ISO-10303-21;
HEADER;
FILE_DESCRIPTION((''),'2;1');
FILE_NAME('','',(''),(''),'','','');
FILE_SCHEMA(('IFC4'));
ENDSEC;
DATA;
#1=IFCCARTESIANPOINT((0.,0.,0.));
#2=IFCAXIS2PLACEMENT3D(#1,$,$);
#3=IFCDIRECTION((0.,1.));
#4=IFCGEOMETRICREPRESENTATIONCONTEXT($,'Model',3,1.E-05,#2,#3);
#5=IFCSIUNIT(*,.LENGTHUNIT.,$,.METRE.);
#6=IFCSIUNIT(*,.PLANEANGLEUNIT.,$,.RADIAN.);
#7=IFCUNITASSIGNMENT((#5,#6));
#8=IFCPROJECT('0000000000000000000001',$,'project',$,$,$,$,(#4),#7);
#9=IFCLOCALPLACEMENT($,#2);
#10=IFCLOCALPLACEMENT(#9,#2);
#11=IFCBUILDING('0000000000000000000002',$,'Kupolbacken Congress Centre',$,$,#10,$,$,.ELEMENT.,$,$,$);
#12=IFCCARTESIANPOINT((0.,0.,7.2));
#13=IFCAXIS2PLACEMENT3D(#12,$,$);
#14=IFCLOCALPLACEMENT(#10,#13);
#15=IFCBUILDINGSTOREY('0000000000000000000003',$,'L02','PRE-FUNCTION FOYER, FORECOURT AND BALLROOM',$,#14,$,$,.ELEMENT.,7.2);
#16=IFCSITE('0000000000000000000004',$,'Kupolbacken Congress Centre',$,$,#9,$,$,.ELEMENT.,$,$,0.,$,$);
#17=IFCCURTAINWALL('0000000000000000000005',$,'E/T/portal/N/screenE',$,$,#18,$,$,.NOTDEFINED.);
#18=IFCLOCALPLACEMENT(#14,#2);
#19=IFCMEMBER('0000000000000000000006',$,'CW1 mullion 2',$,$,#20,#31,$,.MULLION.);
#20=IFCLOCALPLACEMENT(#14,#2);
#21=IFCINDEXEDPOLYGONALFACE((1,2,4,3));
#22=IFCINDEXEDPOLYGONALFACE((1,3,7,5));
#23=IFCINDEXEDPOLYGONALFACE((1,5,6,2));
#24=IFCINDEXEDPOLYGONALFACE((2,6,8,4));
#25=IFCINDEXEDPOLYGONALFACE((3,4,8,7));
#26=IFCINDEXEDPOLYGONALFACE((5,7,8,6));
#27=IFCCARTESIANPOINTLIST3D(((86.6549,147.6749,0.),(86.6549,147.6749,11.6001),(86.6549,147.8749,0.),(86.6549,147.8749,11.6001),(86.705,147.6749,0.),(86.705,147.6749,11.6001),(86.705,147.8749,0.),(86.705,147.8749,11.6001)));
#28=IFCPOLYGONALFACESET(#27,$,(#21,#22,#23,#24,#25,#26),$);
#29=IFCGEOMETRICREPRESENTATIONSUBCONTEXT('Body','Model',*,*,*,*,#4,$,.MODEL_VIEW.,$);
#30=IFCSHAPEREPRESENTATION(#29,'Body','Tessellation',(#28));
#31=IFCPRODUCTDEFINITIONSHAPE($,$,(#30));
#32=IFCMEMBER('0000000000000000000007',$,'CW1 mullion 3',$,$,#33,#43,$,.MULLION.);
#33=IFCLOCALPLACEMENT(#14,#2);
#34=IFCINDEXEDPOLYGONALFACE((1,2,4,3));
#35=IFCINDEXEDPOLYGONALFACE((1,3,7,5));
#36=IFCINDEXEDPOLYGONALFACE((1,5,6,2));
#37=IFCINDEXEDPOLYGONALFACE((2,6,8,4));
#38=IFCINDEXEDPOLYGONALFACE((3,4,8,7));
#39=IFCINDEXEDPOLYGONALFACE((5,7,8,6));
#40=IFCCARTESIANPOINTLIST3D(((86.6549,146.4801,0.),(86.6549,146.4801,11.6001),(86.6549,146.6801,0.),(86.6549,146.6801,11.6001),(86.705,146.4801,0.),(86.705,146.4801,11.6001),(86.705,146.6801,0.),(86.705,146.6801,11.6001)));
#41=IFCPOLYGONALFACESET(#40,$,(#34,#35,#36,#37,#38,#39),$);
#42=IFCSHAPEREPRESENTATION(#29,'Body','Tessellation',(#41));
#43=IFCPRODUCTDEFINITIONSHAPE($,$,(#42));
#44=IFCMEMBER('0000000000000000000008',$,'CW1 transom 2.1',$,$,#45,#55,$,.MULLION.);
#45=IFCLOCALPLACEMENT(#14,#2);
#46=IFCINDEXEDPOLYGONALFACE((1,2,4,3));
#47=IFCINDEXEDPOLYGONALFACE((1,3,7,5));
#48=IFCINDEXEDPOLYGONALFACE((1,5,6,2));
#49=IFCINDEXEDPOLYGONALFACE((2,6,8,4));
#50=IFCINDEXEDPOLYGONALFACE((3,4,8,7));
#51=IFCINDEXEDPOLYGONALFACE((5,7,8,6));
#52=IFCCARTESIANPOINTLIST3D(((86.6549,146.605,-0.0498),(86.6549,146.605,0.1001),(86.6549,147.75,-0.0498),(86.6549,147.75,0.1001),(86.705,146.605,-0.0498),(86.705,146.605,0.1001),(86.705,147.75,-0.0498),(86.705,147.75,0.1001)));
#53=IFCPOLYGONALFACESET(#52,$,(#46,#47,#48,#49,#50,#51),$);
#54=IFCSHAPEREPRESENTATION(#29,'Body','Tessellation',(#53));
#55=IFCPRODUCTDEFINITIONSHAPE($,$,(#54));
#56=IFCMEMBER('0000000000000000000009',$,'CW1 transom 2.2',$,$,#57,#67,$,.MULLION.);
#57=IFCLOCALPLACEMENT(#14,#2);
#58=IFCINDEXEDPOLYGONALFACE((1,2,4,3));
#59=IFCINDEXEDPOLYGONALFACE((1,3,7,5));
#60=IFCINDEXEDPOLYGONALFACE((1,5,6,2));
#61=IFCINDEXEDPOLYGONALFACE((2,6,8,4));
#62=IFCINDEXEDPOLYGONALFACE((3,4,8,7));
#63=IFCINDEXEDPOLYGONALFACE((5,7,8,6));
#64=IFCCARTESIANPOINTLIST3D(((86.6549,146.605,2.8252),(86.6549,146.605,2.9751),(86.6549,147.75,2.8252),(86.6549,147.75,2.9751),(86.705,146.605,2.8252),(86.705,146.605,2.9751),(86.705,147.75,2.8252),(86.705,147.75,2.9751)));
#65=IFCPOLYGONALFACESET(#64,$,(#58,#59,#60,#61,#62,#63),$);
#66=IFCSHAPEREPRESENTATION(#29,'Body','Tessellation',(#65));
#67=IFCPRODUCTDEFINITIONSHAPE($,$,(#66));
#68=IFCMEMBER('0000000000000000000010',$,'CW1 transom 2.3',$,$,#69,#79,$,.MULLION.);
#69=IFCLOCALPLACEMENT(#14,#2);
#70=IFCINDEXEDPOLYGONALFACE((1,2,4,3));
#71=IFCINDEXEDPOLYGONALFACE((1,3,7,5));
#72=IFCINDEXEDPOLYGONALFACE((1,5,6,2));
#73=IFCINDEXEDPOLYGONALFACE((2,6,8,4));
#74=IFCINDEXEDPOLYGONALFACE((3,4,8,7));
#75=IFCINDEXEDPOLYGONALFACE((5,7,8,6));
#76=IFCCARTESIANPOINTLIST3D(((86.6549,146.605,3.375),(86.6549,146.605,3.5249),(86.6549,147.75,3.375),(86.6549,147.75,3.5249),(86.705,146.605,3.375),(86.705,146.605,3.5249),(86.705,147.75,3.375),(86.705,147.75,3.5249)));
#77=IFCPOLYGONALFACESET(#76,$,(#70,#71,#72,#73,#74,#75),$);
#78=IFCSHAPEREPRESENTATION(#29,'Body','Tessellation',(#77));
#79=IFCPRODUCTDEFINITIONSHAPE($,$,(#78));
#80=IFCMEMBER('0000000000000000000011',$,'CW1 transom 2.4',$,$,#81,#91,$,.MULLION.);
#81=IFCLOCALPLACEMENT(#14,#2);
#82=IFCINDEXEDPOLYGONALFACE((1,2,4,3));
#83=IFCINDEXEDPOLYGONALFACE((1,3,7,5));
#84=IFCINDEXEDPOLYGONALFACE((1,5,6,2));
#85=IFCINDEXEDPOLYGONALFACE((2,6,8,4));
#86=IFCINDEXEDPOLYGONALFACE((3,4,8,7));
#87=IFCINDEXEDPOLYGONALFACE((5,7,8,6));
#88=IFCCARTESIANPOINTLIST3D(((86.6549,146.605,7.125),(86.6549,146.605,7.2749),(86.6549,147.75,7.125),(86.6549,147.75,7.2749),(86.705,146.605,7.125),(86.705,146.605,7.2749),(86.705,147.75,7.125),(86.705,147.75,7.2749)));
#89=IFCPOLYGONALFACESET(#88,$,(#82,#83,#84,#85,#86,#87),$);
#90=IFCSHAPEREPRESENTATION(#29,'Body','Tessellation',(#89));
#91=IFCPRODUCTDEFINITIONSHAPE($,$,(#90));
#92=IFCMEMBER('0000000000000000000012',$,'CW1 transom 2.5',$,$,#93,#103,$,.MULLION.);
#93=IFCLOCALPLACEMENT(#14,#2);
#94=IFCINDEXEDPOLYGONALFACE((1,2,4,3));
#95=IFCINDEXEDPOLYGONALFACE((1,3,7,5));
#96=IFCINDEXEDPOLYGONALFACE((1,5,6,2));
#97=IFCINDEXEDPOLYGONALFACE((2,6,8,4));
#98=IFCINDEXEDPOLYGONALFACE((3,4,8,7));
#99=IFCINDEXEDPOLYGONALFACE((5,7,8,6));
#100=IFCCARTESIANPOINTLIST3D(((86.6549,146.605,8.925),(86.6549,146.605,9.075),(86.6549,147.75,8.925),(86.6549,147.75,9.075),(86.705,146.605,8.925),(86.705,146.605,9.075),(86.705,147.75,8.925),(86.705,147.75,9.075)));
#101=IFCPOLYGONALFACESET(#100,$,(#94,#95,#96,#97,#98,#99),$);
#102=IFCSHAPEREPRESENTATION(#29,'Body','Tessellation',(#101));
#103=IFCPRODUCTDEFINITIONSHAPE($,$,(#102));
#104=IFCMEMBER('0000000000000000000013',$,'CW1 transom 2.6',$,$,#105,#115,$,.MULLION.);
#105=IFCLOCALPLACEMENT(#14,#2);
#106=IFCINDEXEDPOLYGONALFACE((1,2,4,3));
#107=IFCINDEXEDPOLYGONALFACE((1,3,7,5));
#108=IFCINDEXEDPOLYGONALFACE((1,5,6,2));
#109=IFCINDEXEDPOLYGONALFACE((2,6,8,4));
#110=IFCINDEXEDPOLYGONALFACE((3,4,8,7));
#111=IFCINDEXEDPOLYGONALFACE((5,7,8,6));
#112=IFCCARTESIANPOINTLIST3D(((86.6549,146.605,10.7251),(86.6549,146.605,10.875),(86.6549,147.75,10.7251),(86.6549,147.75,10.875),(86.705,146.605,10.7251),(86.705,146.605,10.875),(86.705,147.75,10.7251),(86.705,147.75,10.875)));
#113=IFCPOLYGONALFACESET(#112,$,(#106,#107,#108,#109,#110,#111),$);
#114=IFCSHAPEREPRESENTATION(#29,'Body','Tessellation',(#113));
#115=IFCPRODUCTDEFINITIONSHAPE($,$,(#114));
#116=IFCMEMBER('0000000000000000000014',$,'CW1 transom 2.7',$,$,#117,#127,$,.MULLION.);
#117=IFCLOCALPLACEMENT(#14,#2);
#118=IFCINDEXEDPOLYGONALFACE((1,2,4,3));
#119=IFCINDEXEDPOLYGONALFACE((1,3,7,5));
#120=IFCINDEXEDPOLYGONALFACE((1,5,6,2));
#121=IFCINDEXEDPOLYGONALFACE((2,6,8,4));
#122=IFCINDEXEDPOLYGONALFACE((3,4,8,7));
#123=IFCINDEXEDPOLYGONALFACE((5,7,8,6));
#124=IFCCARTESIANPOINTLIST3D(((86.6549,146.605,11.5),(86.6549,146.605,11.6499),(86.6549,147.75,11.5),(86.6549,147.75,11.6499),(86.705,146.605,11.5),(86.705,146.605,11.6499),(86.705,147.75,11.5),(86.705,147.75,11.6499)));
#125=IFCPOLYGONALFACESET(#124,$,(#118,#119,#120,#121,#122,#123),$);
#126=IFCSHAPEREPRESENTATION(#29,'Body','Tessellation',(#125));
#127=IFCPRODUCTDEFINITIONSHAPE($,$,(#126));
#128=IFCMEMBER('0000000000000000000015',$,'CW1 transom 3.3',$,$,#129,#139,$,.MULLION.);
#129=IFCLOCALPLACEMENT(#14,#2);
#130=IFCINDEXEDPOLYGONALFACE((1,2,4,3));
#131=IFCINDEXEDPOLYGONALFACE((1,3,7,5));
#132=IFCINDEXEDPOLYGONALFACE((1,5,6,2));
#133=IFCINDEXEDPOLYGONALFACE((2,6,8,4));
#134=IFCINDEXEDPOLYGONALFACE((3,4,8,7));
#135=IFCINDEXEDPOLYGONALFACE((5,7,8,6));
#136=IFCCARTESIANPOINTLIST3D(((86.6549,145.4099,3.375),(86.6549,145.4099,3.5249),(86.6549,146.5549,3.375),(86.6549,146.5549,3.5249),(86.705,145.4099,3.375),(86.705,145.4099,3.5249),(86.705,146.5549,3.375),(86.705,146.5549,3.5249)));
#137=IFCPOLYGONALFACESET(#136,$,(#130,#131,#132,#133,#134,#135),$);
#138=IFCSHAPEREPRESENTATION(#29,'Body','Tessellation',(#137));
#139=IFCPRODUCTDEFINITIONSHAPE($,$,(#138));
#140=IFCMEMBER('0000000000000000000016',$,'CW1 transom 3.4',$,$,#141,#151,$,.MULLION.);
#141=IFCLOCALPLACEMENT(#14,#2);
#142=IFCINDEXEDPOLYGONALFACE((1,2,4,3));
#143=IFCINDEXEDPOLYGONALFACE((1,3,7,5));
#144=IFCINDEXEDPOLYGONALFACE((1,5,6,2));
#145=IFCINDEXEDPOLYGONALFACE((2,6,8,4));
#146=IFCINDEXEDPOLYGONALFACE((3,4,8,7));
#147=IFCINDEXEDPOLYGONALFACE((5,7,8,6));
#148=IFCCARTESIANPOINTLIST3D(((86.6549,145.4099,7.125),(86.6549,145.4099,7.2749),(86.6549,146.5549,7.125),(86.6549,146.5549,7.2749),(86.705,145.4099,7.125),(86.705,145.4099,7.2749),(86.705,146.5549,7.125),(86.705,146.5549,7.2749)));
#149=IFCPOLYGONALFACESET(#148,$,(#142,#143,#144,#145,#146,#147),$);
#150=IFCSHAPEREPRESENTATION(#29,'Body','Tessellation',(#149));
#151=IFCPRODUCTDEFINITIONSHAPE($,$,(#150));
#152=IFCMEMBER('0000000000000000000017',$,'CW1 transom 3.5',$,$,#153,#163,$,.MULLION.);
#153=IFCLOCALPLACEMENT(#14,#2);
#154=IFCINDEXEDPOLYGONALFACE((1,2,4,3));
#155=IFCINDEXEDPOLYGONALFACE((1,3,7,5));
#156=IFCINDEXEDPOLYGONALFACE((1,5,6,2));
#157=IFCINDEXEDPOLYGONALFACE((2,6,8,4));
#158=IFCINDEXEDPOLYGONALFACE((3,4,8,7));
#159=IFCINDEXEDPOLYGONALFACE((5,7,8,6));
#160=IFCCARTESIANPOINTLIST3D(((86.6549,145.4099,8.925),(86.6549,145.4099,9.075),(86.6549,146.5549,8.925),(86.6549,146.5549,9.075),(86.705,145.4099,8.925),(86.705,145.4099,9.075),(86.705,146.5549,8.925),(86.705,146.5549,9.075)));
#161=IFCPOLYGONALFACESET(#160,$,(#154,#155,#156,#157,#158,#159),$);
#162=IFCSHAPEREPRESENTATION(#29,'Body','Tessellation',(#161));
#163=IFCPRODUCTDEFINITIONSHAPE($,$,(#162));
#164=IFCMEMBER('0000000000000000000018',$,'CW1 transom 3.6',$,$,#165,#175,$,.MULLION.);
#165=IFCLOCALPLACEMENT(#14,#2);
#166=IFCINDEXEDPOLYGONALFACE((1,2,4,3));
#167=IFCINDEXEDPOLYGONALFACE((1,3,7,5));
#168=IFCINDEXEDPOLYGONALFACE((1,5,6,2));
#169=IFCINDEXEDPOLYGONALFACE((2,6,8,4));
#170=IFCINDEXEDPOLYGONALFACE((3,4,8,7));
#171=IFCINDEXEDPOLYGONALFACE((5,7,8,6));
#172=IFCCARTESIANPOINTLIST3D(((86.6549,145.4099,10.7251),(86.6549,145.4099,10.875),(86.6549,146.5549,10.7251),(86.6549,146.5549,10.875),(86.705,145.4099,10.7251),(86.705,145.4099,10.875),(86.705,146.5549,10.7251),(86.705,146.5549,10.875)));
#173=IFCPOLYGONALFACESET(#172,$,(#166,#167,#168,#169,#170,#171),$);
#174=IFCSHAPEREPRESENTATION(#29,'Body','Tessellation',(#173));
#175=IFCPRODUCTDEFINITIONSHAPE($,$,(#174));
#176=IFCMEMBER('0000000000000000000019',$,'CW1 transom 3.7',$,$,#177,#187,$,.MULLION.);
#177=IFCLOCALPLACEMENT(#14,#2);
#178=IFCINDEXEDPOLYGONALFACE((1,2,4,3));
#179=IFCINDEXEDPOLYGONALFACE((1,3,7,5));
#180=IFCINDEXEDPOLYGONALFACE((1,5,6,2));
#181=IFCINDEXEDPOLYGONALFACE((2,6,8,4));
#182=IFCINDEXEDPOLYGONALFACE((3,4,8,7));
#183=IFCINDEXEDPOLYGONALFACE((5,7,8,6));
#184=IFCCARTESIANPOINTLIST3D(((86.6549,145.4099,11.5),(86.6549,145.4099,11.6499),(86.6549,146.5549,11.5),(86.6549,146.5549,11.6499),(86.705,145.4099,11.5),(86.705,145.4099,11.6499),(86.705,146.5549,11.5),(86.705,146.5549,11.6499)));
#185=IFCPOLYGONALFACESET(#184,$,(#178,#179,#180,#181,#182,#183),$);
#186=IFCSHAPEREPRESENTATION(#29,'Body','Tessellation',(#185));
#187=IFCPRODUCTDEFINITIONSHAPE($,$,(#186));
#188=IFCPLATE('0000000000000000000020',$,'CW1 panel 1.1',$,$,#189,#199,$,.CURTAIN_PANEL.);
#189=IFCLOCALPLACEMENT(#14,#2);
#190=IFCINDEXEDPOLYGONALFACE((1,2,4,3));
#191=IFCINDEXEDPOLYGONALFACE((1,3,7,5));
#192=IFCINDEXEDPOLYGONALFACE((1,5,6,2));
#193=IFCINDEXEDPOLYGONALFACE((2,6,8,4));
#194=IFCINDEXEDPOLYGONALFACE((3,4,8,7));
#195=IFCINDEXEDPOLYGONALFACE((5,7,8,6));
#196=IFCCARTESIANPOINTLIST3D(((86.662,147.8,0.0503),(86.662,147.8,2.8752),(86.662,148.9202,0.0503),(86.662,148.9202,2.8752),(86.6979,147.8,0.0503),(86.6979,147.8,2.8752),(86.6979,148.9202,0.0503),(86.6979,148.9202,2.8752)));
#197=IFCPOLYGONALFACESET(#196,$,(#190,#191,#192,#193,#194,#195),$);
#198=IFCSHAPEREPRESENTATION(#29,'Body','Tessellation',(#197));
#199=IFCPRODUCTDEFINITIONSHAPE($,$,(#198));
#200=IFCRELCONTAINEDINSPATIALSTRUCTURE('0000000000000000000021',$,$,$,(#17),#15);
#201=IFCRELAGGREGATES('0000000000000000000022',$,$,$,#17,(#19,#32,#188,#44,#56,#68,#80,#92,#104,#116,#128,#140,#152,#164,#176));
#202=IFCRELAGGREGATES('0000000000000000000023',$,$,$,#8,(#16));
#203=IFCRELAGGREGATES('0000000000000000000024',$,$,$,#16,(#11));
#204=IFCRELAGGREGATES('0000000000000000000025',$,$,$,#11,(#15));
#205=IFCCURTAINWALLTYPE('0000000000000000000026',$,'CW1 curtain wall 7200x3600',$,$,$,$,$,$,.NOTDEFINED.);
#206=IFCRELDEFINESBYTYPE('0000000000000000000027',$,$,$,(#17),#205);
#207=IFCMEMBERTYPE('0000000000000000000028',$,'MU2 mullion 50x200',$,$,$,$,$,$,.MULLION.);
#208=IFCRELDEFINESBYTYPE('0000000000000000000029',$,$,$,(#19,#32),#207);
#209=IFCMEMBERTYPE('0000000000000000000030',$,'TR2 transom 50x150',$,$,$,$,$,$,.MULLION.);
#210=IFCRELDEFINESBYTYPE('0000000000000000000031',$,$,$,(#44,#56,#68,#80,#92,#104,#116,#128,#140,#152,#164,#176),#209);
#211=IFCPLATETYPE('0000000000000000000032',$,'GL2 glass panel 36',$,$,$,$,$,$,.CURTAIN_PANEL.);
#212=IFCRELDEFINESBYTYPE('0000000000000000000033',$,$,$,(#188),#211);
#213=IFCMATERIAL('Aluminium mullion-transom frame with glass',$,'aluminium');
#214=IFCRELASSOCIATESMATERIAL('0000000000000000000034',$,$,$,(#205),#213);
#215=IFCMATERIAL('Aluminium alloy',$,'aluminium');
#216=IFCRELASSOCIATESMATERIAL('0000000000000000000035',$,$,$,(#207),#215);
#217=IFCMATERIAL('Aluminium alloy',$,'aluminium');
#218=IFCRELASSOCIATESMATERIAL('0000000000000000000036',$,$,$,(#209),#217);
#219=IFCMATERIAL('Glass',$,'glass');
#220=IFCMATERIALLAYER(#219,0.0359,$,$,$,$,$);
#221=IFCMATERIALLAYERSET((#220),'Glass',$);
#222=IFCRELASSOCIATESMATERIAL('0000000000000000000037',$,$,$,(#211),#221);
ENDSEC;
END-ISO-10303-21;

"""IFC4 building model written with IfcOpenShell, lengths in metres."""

from ifc_helpers import new_model, si_unit, direction, frame, origin, origin_2d, place, context, subcontext, project, spatial, rectangle, extrude, material, layer, layer_set, material_profile, profile_set, type_object, element, aggregate, save


model = new_model("IFC4")

# Units and contexts
model_context = context("Model", 3, precision=1e-05, world=origin(), true_north=direction((0.0, 1.0)))
body_context = subcontext(model_context, "Body", "Model", "MODEL_VIEW")
ifc_project = project(units=[si_unit("LENGTHUNIT", "METRE"), si_unit("PLANEANGLEUNIT", "RADIAN")], contexts=[model_context])

# Site, building, storey
site_placement = place(None, origin())
site = spatial("IfcSite", under=ifc_project, at=site_placement, Name="Kupolbacken Congress Centre", CompositionType="ELEMENT", RefElevation=0.0)
building_placement = place(site_placement, origin())
building = spatial("IfcBuilding", under=site, at=building_placement, Name="Kupolbacken Congress Centre", CompositionType="ELEMENT")
storey_placement = place(building_placement, frame((0.0, 0.0, 7.2)))
storey = spatial("IfcBuildingStorey", under=building, at=storey_placement, Name="L02", Description="PRE-FUNCTION FOYER, FORECOURT AND BALLROOM", CompositionType="ELEMENT", Elevation=7.2)

# Curtain wall, members, plate
ifc_material_1 = material(Name="Aluminium mullion-transom frame with glass", Category="aluminium")
curtain_wall_type = type_object("IfcCurtainWallType", Name="CW1 curtain wall 7200x3600", PredefinedType="NOTDEFINED", material=ifc_material_1)
curtain_wall_placement = place(storey_placement, origin())
curtain_wall = element("IfcCurtainWall", 1, at=curtain_wall_placement, inside=storey, type_object=curtain_wall_type, Name="E/T/portal/N/screenE", PredefinedType="NOTDEFINED")
ifc_material_2 = material(Name="Aluminium alloy", Category="aluminium")
ifc_material_profile_1 = material_profile(ifc_material_2, rectangle(XDim=0.05, YDim=0.2, at=origin_2d()), Name="50 x 200")
ifc_profile_set_1 = profile_set([ifc_material_profile_1], Name="Aluminium alloy")
member_type_1 = type_object("IfcMemberType", Name="MU2 mullion 50x200", PredefinedType="MULLION", material=ifc_profile_set_1)
member_1_placement = place(storey_placement, frame((86.6799, 147.7749, 0.0), z_axis=(0.0, 0.0, 1.0), x_axis=(1.0, 0.0, 0.0)))
member_1 = element("IfcMember", 2, at=member_1_placement, type_object=member_type_1, Name="CW1 mullion 2", PredefinedType="MULLION", context=body_context, shape_type="SweptSolid", body=[
    extrude(rectangle(XDim=0.05, YDim=0.2, at=origin_2d()), origin(), (0.0, 0.0, 1.0), 11.6001),
])
member_2_placement = place(storey_placement, frame((86.6799, 146.5801, 0.0), z_axis=(0.0, 0.0, 1.0), x_axis=(1.0, 0.0, 0.0)))
member_2 = element("IfcMember", 3, at=member_2_placement, type_object=member_type_1, Name="CW1 mullion 3", PredefinedType="MULLION", context=body_context, shape_type="SweptSolid", body=[
    extrude(rectangle(XDim=0.05, YDim=0.2, at=origin_2d()), origin(), (0.0, 0.0, 1.0), 11.6001),
])
ifc_material_3 = material(Name="Aluminium alloy", Category="aluminium")
ifc_material_profile_2 = material_profile(ifc_material_3, rectangle(XDim=0.05, YDim=0.1499, at=origin_2d()), Name="50 x 150")
ifc_profile_set_2 = profile_set([ifc_material_profile_2], Name="Aluminium alloy")
member_type_2 = type_object("IfcMemberType", Name="TR2 transom 50x150", PredefinedType="MULLION", material=ifc_profile_set_2)
member_3_placement = place(storey_placement, frame((86.6799, 147.75, 0.0251), z_axis=(0.0, -1.0, 0.0), x_axis=(1.0, 0.0, 0.0)))
member_3 = element("IfcMember", 4, at=member_3_placement, type_object=member_type_2, Name="CW1 transom 2.1", PredefinedType="MULLION", context=body_context, shape_type="SweptSolid", body=[
    extrude(rectangle(XDim=0.05, YDim=0.1499, at=origin_2d()), origin(), (0.0, 0.0, 1.0), 1.145),
])
member_4_placement = place(storey_placement, frame((86.6799, 147.75, 2.9001), z_axis=(0.0, -1.0, 0.0), x_axis=(1.0, 0.0, 0.0)))
member_4 = element("IfcMember", 5, at=member_4_placement, type_object=member_type_2, Name="CW1 transom 2.2", PredefinedType="MULLION", context=body_context, shape_type="SweptSolid", body=[
    extrude(rectangle(XDim=0.05, YDim=0.1499, at=origin_2d()), origin(), (0.0, 0.0, 1.0), 1.145),
])
member_5_placement = place(storey_placement, frame((86.6799, 147.75, 3.45), z_axis=(0.0, -1.0, 0.0), x_axis=(1.0, 0.0, 0.0)))
member_5 = element("IfcMember", 6, at=member_5_placement, type_object=member_type_2, Name="CW1 transom 2.3", PredefinedType="MULLION", context=body_context, shape_type="SweptSolid", body=[
    extrude(rectangle(XDim=0.05, YDim=0.1499, at=origin_2d()), origin(), (0.0, 0.0, 1.0), 1.145),
])
member_6_placement = place(storey_placement, frame((86.6799, 147.75, 7.2), z_axis=(0.0, -1.0, 0.0), x_axis=(1.0, 0.0, 0.0)))
member_6 = element("IfcMember", 7, at=member_6_placement, type_object=member_type_2, Name="CW1 transom 2.4", PredefinedType="MULLION", context=body_context, shape_type="SweptSolid", body=[
    extrude(rectangle(XDim=0.05, YDim=0.1499, at=origin_2d()), origin(), (0.0, 0.0, 1.0), 1.145),
])
member_7_placement = place(storey_placement, frame((86.6799, 147.75, 9.0), z_axis=(0.0, -1.0, 0.0), x_axis=(1.0, 0.0, 0.0)))
member_7 = element("IfcMember", 8, at=member_7_placement, type_object=member_type_2, Name="CW1 transom 2.5", PredefinedType="MULLION", context=body_context, shape_type="SweptSolid", body=[
    extrude(rectangle(XDim=0.05, YDim=0.1499, at=origin_2d()), origin(), (0.0, 0.0, 1.0), 1.145),
])
member_8_placement = place(storey_placement, frame((86.6799, 147.75, 10.8), z_axis=(0.0, -1.0, 0.0), x_axis=(1.0, 0.0, 0.0)))
member_8 = element("IfcMember", 9, at=member_8_placement, type_object=member_type_2, Name="CW1 transom 2.6", PredefinedType="MULLION", context=body_context, shape_type="SweptSolid", body=[
    extrude(rectangle(XDim=0.05, YDim=0.1499, at=origin_2d()), origin(), (0.0, 0.0, 1.0), 1.145),
])
member_9_placement = place(storey_placement, frame((86.6799, 147.75, 11.575), z_axis=(0.0, -1.0, 0.0), x_axis=(1.0, 0.0, 0.0)))
member_9 = element("IfcMember", 10, at=member_9_placement, type_object=member_type_2, Name="CW1 transom 2.7", PredefinedType="MULLION", context=body_context, shape_type="SweptSolid", body=[
    extrude(rectangle(XDim=0.05, YDim=0.1499, at=origin_2d()), origin(), (0.0, 0.0, 1.0), 1.145),
])
member_10_placement = place(storey_placement, frame((86.6799, 146.5549, 3.45), z_axis=(0.0, -1.0, 0.0), x_axis=(1.0, 0.0, 0.0)))
member_10 = element("IfcMember", 11, at=member_10_placement, type_object=member_type_2, Name="CW1 transom 3.3", PredefinedType="MULLION", context=body_context, shape_type="SweptSolid", body=[
    extrude(rectangle(XDim=0.05, YDim=0.1499, at=origin_2d()), origin(), (0.0, 0.0, 1.0), 1.145),
])
member_11_placement = place(storey_placement, frame((86.6799, 146.5549, 7.2), z_axis=(0.0, -1.0, 0.0), x_axis=(1.0, 0.0, 0.0)))
member_11 = element("IfcMember", 12, at=member_11_placement, type_object=member_type_2, Name="CW1 transom 3.4", PredefinedType="MULLION", context=body_context, shape_type="SweptSolid", body=[
    extrude(rectangle(XDim=0.05, YDim=0.1499, at=origin_2d()), origin(), (0.0, 0.0, 1.0), 1.145),
])
member_12_placement = place(storey_placement, frame((86.6799, 146.5549, 9.0), z_axis=(0.0, -1.0, 0.0), x_axis=(1.0, 0.0, 0.0)))
member_12 = element("IfcMember", 13, at=member_12_placement, type_object=member_type_2, Name="CW1 transom 3.5", PredefinedType="MULLION", context=body_context, shape_type="SweptSolid", body=[
    extrude(rectangle(XDim=0.05, YDim=0.1499, at=origin_2d()), origin(), (0.0, 0.0, 1.0), 1.145),
])
member_13_placement = place(storey_placement, frame((86.6799, 146.5549, 10.8), z_axis=(0.0, -1.0, 0.0), x_axis=(1.0, 0.0, 0.0)))
member_13 = element("IfcMember", 14, at=member_13_placement, type_object=member_type_2, Name="CW1 transom 3.6", PredefinedType="MULLION", context=body_context, shape_type="SweptSolid", body=[
    extrude(rectangle(XDim=0.05, YDim=0.1499, at=origin_2d()), origin(), (0.0, 0.0, 1.0), 1.145),
])
member_14_placement = place(storey_placement, frame((86.6799, 146.5549, 11.575), z_axis=(0.0, -1.0, 0.0), x_axis=(1.0, 0.0, 0.0)))
member_14 = element("IfcMember", 15, at=member_14_placement, type_object=member_type_2, Name="CW1 transom 3.7", PredefinedType="MULLION", context=body_context, shape_type="SweptSolid", body=[
    extrude(rectangle(XDim=0.05, YDim=0.1499, at=origin_2d()), origin(), (0.0, 0.0, 1.0), 1.145),
])
ifc_material_4 = material(Name="Glass", Category="glass")
ifc_layer = layer(ifc_material_4, 0.0359)
ifc_layer_set = layer_set([ifc_layer], Name="Glass")
plate_type = type_object("IfcPlateType", Name="GL2 glass panel 36", PredefinedType="CURTAIN_PANEL", material=ifc_layer_set)
plate_1_placement = place(storey_placement, frame((86.6799, 148.3601, 0.0503), z_axis=(0.0, 0.0, 1.0), x_axis=(0.0, -1.0, 0.0)))
plate_1 = element("IfcPlate", 16, at=plate_1_placement, type_object=plate_type, Name="CW1 panel 1.1", PredefinedType="CURTAIN_PANEL", context=body_context, shape_type="SweptSolid", body=[
    extrude(rectangle(XDim=1.1201, YDim=0.0359, at=origin_2d()), origin(), (0.0, 0.0, 1.0), 2.825),
])
aggregate(curtain_wall, [member_1, member_2, plate_1, member_3, member_4, member_5, member_6, member_7, member_8, member_9, member_10, member_11, member_12, member_13, member_14])

save(model, "model.ifc")
